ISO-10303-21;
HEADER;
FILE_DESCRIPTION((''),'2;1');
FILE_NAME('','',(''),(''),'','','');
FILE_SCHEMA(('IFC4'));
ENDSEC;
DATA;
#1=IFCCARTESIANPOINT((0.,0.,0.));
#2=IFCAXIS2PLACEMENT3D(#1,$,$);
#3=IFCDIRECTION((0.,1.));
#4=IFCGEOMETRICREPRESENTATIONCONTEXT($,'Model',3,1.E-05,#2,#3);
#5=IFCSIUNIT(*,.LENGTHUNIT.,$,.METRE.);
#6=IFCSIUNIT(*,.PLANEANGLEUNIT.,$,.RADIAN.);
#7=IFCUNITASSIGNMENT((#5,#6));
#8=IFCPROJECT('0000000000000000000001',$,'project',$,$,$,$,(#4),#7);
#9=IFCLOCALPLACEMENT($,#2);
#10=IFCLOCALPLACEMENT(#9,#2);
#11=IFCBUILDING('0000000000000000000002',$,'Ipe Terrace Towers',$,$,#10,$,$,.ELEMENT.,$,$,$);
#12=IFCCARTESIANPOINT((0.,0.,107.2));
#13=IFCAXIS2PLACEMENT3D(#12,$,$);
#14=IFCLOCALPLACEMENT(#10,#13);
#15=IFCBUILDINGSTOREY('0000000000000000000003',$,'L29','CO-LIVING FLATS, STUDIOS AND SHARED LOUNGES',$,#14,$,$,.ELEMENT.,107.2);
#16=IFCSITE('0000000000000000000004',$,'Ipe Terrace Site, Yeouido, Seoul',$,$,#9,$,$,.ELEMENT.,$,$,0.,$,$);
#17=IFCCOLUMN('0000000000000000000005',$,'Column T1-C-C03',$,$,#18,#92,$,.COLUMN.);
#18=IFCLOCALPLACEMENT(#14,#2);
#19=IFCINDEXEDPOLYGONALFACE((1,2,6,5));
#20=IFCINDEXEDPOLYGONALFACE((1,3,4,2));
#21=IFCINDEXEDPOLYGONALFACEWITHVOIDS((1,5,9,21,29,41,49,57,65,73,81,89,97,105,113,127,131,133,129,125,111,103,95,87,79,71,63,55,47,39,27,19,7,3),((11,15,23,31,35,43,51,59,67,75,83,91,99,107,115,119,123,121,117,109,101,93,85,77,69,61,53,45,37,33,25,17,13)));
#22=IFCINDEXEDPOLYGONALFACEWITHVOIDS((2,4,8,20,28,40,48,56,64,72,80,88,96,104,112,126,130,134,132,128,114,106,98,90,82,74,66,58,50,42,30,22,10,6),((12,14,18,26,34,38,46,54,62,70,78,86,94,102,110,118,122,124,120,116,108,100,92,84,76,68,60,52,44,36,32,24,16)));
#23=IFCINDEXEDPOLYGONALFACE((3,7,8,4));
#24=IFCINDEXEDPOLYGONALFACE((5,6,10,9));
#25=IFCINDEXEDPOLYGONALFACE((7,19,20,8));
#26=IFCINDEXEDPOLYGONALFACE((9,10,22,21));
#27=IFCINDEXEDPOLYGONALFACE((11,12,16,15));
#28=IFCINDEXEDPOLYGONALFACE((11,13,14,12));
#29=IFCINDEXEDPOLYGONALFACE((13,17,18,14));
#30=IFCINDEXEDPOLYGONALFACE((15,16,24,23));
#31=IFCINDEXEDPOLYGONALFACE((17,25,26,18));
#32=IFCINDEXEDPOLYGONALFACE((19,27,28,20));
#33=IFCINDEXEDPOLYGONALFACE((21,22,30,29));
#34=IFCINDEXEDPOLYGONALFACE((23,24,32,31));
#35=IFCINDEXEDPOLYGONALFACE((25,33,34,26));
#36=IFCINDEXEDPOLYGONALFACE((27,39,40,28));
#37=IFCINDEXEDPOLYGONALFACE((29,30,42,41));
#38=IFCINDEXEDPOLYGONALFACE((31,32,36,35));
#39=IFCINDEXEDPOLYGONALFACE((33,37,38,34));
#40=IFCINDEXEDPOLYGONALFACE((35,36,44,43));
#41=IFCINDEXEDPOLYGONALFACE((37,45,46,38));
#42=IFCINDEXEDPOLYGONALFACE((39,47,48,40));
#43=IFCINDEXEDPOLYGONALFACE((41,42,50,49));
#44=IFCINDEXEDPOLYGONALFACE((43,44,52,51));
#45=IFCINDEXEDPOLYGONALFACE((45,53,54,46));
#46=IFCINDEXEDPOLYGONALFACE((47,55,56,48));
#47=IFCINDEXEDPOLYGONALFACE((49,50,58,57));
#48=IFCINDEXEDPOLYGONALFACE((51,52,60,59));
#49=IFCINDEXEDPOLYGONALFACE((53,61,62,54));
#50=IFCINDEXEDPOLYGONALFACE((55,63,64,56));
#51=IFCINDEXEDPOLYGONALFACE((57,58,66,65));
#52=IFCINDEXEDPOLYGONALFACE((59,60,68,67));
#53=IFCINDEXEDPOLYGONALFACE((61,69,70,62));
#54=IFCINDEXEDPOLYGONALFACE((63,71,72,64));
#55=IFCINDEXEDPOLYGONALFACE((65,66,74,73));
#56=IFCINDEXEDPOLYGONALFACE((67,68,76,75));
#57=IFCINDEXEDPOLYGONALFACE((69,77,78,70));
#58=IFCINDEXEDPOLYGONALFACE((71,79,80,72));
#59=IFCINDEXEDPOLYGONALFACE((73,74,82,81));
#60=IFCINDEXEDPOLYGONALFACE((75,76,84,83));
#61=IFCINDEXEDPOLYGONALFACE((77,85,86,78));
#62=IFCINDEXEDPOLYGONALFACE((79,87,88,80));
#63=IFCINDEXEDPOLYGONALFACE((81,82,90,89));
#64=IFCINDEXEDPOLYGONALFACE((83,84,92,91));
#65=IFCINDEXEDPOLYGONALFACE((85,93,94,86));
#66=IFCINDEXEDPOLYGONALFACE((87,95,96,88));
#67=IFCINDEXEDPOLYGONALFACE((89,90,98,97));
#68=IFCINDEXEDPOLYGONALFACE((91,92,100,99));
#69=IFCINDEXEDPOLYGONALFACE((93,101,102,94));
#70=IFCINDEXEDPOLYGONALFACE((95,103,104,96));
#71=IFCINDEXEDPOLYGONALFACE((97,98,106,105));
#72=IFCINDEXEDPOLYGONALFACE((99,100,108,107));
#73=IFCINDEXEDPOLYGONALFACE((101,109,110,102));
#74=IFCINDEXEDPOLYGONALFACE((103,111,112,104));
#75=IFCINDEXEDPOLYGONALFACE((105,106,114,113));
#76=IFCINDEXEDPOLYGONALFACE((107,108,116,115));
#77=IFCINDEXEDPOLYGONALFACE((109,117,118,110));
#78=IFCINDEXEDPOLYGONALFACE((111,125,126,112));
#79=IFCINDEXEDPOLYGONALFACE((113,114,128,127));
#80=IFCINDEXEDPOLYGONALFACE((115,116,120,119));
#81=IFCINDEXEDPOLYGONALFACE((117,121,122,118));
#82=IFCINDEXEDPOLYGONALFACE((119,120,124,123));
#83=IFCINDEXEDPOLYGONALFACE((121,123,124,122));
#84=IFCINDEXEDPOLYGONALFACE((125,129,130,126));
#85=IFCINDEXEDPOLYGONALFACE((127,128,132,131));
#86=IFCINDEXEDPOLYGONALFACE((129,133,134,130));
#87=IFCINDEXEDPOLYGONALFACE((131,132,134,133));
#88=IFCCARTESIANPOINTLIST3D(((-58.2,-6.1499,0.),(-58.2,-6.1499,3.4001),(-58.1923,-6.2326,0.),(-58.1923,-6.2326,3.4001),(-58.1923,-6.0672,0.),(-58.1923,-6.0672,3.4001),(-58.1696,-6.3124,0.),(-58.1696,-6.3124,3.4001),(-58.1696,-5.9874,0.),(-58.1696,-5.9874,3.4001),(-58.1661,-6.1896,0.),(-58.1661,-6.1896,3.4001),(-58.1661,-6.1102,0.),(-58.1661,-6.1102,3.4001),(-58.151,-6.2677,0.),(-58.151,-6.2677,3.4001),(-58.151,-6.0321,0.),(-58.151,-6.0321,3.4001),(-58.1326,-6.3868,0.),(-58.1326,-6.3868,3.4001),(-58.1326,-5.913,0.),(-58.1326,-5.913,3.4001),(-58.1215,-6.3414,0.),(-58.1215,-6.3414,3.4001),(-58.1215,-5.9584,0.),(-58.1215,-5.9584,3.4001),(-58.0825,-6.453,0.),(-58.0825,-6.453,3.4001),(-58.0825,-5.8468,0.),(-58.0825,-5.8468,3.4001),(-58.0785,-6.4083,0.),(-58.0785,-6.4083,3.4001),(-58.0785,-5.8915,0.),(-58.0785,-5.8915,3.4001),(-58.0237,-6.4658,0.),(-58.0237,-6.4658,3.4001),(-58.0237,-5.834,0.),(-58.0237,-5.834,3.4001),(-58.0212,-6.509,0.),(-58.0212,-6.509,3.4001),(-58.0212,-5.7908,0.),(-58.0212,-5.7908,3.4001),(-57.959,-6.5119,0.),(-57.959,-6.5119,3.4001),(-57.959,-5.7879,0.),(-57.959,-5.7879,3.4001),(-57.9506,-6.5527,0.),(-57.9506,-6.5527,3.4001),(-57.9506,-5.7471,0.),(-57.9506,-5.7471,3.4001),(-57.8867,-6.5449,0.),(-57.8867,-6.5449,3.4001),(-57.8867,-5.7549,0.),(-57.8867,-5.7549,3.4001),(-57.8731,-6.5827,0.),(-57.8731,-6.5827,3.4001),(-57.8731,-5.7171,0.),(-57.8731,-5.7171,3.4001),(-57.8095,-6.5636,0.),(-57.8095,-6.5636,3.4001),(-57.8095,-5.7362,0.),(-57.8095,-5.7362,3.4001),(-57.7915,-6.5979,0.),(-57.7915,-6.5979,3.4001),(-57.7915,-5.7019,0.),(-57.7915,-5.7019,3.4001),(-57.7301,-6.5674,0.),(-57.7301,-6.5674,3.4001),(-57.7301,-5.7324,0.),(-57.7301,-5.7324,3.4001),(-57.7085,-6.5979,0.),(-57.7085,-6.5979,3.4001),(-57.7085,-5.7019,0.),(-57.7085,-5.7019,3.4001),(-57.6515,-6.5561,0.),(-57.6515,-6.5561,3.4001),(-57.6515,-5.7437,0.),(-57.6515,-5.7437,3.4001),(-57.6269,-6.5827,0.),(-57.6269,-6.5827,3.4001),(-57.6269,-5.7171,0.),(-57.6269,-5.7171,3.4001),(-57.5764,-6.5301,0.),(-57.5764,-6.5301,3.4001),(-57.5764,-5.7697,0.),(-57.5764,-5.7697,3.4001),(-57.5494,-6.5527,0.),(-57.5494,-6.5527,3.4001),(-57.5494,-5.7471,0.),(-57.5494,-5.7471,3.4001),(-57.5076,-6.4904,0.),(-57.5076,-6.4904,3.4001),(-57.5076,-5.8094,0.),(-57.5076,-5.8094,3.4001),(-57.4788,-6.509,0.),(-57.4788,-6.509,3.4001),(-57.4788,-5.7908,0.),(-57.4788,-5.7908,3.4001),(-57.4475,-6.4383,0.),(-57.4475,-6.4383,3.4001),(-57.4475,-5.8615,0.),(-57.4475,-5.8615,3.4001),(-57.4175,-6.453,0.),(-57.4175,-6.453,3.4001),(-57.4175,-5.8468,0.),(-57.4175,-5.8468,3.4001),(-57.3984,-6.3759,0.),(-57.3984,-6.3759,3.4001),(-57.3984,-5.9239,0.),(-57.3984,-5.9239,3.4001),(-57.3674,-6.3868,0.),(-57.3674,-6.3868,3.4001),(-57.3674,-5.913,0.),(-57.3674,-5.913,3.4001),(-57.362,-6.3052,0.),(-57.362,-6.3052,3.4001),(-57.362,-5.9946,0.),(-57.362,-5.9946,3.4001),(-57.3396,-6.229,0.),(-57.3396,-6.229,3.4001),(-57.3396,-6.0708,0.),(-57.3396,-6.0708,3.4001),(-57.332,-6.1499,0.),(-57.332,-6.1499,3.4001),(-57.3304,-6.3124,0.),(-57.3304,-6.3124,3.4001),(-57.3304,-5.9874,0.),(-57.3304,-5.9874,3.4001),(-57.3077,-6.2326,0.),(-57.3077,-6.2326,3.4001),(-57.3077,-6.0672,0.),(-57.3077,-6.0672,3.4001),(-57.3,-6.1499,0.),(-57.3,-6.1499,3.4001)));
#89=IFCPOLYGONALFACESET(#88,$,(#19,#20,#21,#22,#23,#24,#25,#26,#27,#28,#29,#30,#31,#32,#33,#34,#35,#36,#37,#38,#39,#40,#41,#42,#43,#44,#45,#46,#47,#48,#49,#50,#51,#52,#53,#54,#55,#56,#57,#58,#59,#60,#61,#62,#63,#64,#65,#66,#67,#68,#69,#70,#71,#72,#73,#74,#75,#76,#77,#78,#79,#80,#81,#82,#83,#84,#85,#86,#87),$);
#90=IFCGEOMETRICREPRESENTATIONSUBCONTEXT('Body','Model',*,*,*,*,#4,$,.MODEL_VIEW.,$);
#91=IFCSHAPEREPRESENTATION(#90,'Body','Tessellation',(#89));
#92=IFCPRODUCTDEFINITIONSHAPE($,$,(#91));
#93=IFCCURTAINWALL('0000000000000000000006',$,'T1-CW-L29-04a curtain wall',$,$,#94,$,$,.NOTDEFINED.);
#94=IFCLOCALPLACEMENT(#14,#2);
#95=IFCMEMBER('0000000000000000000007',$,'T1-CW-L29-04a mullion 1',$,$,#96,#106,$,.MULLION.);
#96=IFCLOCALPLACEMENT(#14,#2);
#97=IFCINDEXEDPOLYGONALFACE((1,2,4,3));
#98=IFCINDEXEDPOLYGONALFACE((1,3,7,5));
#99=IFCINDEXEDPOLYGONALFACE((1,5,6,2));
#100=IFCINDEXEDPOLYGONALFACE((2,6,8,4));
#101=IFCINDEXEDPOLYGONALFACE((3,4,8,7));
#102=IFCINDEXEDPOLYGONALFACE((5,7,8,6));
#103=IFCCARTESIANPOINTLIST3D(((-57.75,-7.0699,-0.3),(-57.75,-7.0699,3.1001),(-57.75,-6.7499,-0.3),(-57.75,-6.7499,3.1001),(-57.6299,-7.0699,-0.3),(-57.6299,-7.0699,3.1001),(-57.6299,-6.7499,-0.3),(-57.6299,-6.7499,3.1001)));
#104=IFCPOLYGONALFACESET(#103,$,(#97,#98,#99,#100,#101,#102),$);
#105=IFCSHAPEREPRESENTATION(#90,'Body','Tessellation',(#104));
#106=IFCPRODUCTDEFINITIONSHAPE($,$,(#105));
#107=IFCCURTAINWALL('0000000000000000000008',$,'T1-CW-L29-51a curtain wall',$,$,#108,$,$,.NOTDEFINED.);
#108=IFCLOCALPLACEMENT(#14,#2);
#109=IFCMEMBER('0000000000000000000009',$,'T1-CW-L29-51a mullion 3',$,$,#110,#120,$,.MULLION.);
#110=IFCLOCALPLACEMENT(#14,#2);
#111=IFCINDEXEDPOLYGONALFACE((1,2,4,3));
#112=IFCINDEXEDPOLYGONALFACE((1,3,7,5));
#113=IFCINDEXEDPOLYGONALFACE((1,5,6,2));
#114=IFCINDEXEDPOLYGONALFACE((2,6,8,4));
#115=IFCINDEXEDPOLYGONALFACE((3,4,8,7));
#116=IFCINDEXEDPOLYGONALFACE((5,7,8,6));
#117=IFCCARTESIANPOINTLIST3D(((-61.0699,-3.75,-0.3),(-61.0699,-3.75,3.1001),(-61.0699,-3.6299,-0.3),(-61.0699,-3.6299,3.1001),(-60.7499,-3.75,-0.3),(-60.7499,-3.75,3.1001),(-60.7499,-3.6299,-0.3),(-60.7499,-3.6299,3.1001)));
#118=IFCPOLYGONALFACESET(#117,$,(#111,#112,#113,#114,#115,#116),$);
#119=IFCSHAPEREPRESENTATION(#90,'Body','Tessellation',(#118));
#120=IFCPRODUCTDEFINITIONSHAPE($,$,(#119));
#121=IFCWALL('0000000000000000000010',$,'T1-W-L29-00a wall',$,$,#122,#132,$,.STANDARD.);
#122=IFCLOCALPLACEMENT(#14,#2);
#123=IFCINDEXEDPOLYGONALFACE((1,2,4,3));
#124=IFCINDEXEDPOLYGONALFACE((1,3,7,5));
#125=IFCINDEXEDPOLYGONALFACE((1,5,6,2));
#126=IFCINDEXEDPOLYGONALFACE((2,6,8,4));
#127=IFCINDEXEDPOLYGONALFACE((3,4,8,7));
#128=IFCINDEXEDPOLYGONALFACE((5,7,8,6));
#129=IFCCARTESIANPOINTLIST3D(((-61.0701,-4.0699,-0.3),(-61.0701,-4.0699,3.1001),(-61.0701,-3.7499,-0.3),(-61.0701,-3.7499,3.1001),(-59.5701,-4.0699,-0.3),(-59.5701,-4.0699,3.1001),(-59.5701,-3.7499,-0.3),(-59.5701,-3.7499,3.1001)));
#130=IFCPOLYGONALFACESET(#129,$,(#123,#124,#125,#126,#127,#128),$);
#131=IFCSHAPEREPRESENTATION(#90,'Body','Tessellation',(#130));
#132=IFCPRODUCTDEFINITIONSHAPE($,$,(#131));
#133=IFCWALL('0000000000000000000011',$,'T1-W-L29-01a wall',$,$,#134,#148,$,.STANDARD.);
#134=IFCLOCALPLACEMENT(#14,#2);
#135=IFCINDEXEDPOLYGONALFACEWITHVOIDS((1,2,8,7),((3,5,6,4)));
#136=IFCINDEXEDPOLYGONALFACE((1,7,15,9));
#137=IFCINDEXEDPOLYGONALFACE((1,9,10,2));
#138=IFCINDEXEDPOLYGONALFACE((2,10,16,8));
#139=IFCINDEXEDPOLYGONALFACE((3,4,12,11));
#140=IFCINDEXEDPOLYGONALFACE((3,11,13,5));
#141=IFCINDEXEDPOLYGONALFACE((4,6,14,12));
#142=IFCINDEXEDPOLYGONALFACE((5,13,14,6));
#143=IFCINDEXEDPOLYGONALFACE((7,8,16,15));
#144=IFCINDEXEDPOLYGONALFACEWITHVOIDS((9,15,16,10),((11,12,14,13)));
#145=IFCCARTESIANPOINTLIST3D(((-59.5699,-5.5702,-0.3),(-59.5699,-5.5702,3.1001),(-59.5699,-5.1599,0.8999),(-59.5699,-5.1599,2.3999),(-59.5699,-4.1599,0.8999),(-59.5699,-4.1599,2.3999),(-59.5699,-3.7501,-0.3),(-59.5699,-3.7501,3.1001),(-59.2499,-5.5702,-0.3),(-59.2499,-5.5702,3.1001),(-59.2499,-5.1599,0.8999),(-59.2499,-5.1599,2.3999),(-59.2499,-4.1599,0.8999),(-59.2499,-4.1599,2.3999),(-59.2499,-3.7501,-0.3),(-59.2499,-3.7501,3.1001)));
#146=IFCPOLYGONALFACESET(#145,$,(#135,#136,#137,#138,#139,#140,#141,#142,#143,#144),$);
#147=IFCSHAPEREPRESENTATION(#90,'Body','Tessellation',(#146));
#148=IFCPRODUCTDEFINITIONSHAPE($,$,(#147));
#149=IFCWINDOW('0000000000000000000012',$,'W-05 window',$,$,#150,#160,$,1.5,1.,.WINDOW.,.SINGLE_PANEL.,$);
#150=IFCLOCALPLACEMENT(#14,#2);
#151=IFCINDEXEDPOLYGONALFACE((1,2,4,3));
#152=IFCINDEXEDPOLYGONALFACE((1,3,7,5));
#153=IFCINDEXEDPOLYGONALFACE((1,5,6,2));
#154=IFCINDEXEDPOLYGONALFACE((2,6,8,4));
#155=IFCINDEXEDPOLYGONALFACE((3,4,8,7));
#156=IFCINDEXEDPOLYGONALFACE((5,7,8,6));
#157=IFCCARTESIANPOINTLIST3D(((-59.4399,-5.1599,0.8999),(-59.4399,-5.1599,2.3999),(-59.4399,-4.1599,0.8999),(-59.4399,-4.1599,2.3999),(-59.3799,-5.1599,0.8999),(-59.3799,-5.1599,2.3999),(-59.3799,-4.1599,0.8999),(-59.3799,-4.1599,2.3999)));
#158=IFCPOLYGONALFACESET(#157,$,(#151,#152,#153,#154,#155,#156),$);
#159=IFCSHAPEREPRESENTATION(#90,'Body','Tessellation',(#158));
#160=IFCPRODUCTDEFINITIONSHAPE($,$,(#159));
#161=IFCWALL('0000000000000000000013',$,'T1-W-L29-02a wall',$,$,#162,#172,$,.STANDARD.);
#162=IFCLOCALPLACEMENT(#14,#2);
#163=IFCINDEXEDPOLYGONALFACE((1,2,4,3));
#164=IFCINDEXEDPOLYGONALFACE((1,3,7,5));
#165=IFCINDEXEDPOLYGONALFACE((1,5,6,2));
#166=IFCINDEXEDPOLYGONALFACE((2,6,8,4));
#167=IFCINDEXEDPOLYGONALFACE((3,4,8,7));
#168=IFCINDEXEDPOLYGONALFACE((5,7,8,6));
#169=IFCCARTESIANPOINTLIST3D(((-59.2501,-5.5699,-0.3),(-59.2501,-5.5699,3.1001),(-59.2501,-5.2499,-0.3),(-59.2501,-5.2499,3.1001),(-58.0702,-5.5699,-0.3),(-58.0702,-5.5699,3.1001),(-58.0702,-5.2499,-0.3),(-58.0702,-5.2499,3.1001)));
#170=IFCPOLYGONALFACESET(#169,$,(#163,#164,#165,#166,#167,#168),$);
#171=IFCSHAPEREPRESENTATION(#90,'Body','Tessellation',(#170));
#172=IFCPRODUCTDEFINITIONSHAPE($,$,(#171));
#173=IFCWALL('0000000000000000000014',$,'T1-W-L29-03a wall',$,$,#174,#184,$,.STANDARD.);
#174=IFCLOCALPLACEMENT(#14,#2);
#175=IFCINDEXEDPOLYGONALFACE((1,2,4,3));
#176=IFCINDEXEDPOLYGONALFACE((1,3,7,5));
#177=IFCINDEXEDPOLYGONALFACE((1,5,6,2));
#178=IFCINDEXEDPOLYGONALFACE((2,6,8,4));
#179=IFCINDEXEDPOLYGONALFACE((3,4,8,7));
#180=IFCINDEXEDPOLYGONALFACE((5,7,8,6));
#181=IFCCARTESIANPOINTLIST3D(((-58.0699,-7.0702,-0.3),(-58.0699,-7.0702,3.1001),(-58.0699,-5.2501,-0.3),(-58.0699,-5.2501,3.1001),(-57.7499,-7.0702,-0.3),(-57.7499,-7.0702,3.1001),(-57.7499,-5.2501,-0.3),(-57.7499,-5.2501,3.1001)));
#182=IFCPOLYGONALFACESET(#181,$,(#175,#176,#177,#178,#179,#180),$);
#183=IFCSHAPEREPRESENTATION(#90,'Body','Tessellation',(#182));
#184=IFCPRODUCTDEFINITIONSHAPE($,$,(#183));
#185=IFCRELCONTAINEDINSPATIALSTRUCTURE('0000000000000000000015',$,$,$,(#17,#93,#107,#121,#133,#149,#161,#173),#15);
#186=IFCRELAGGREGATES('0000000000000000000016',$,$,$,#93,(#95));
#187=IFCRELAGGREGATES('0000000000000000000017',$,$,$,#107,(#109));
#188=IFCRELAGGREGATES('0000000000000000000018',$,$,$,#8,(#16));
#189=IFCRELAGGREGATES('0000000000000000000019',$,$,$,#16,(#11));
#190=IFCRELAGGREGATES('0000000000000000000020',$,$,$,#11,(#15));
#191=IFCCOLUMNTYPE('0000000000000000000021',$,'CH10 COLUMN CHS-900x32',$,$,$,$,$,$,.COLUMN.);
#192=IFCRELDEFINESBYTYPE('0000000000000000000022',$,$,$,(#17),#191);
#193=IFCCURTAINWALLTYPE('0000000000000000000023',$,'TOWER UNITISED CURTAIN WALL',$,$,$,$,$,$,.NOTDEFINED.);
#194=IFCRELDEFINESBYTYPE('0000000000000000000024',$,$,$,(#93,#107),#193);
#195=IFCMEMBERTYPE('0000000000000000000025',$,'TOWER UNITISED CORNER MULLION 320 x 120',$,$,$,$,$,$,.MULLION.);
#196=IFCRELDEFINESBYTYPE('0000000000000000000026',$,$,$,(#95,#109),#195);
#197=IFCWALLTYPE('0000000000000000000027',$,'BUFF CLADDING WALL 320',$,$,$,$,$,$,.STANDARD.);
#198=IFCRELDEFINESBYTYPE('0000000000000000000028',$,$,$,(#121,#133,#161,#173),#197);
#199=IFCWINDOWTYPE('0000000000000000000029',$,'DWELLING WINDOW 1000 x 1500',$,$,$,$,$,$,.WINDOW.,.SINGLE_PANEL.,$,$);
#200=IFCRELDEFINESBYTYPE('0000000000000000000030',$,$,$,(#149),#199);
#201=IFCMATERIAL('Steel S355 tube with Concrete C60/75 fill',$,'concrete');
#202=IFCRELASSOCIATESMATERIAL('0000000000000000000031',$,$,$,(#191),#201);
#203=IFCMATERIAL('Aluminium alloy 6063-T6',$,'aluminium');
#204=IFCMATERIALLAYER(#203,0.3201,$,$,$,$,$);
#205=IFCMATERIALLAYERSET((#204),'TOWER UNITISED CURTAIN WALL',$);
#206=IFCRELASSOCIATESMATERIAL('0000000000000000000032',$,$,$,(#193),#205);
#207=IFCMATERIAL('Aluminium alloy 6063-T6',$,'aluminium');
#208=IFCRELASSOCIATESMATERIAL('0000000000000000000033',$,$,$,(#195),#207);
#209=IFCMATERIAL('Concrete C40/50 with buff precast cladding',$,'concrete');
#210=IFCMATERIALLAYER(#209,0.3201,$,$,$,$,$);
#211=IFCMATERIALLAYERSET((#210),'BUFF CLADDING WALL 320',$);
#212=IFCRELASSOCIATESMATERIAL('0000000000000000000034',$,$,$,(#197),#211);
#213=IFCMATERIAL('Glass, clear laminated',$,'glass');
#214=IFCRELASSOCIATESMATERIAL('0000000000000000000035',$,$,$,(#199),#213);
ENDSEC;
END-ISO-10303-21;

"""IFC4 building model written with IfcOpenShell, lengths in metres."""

from ifc_helpers import new_model, si_unit, direction, frame, frame_2d, origin, origin_2d, place, context, subcontext, project, spatial, rectangle, hollow_circle, extrude, material, layer, layer_set, material_profile, profile_set, type_object, element, fill, aggregate, save


model = new_model("IFC4")

# Units and contexts
model_context = context("Model", 3, precision=1e-05, world=origin(), true_north=direction((0.0, 1.0)))
body_context = subcontext(model_context, "Body", "Model", "MODEL_VIEW")
ifc_project = project(units=[si_unit("LENGTHUNIT", "METRE"), si_unit("PLANEANGLEUNIT", "RADIAN")], contexts=[model_context])

# Site, building, storey
site_placement = place(None, origin())
site = spatial("IfcSite", under=ifc_project, at=site_placement, Name="Ipe Terrace Site, Yeouido, Seoul", CompositionType="ELEMENT", RefElevation=0.0)
building_placement = place(site_placement, origin())
building = spatial("IfcBuilding", under=site, at=building_placement, Name="Ipe Terrace Towers", CompositionType="ELEMENT")
storey_placement = place(building_placement, frame((0.0, 0.0, 107.2)))
storey = spatial("IfcBuildingStorey", under=building, at=storey_placement, Name="L29", Description="CO-LIVING FLATS, STUDIOS AND SHARED LOUNGES", CompositionType="ELEMENT", Elevation=107.2)

# Column
ifc_material_1 = material(Name="Steel S355 tube with Concrete C60/75 fill", Category="concrete")
ifc_material_profile_1 = material_profile(ifc_material_1, hollow_circle(Radius=0.45, WallThickness=0.032, at=origin_2d()), Name="CHS-900x32")
ifc_profile_set_1 = profile_set([ifc_material_profile_1], Name="Steel S355 tube with Concrete C60/75 fill")
column_type = type_object("IfcColumnType", Name="CH10 COLUMN CHS-900x32", PredefinedType="COLUMN", material=ifc_profile_set_1)
column_placement = place(storey_placement, frame((-57.75, -6.1499, 0.0), z_axis=(0.0, 0.0, 1.0), x_axis=(1.0, 0.0, 0.0)))
element("IfcColumn", 1, at=column_placement, inside=storey, type_object=column_type, Name="Column T1-C-C03", PredefinedType="COLUMN", context=body_context, shape_type="SweptSolid", body=[
    extrude(hollow_circle(Radius=0.45, WallThickness=0.032, at=origin_2d()), origin(), (0.0, 0.0, 1.0), 3.4001),
])

# Curtain walls, members
ifc_material_2 = material(Name="Aluminium alloy 6063-T6", Category="aluminium")
ifc_layer_1 = layer(ifc_material_2, 0.3201)
ifc_layer_set_1 = layer_set([ifc_layer_1], Name="TOWER UNITISED CURTAIN WALL")
curtain_wall_type = type_object("IfcCurtainWallType", Name="TOWER UNITISED CURTAIN WALL", PredefinedType="NOTDEFINED", material=ifc_layer_set_1)
curtain_wall_1_placement = place(storey_placement, origin())
curtain_wall_1 = element("IfcCurtainWall", 2, at=curtain_wall_1_placement, inside=storey, type_object=curtain_wall_type, Name="T1-CW-L29-04a curtain wall", PredefinedType="NOTDEFINED")
ifc_material_3 = material(Name="Aluminium alloy 6063-T6", Category="aluminium")
ifc_material_profile_2 = material_profile(ifc_material_3, rectangle(XDim=0.3201, YDim=0.1201, at=origin_2d()), Name="TOWER UNITISED CORNER MULLION 320 x 120")
ifc_profile_set_2 = profile_set([ifc_material_profile_2], Name="Aluminium alloy 6063-T6")
member_type = type_object("IfcMemberType", Name="TOWER UNITISED CORNER MULLION 320 x 120", PredefinedType="MULLION", material=ifc_profile_set_2)
member_1_placement = place(storey_placement, frame((-57.6899, -6.9099, -0.3), z_axis=(0.0, 0.0, 1.0), x_axis=(0.0, -1.0, 0.0)))
member_1 = element("IfcMember", 3, at=member_1_placement, type_object=member_type, Name="T1-CW-L29-04a mullion 1", PredefinedType="MULLION", context=body_context, shape_type="SweptSolid", body=[
    extrude(rectangle(XDim=0.3201, YDim=0.1201, at=origin_2d()), origin(), (0.0, 0.0, 1.0), 3.4001),
])
aggregate(curtain_wall_1, [member_1])
curtain_wall_2_placement = place(storey_placement, origin())
curtain_wall_2 = element("IfcCurtainWall", 4, at=curtain_wall_2_placement, inside=storey, type_object=curtain_wall_type, Name="T1-CW-L29-51a curtain wall", PredefinedType="NOTDEFINED")
member_2_placement = place(storey_placement, frame((-60.9099, -3.6899, -0.3), z_axis=(0.0, 0.0, 1.0), x_axis=(-1.0, 0.0, 0.0)))
member_2 = element("IfcMember", 5, at=member_2_placement, type_object=member_type, Name="T1-CW-L29-51a mullion 3", PredefinedType="MULLION", context=body_context, shape_type="SweptSolid", body=[
    extrude(rectangle(XDim=0.3201, YDim=0.1201, at=origin_2d()), origin(), (0.0, 0.0, 1.0), 3.4001),
])
aggregate(curtain_wall_2, [member_2])

# Wall
ifc_material_4 = material(Name="Concrete C40/50 with buff precast cladding", Category="concrete")
ifc_layer_2 = layer(ifc_material_4, 0.3201)
ifc_layer_set_2 = layer_set([ifc_layer_2], Name="BUFF CLADDING WALL 320")
wall_type_1 = type_object("IfcWallType", Name="BUFF CLADDING WALL 320", PredefinedType="STANDARD", material=ifc_layer_set_2)
wall_1_placement = place(storey_placement, frame((-61.0701, -3.9099, -0.3), z_axis=(0.0, 0.0, 1.0), x_axis=(1.0, 0.0, 0.0)))
element("IfcWall", 6, at=wall_1_placement, inside=storey, type_object=wall_type_1, Name="T1-W-L29-00a wall", PredefinedType="STANDARD", context=body_context, shape_type="SweptSolid", body=[
    extrude(rectangle(XDim=1.5, YDim=0.3201, at=frame_2d((0.75, 0.0))), origin(), (0.0, 0.0, 1.0), 3.4001),
])

# Wall, opening, window
wall_2_placement = place(storey_placement, frame((-59.4099, -3.75, -0.3), z_axis=(0.0, 0.0, 1.0), x_axis=(0.0, -1.0, 0.0)))
wall_2 = element("IfcWall", 7, at=wall_2_placement, inside=storey, type_object=wall_type_1, Name="T1-W-L29-01a wall", PredefinedType="STANDARD", context=body_context, shape_type="SweptSolid", body=[
    extrude(rectangle(XDim=1.8201, YDim=0.3201, at=frame_2d((0.9102, 0.0))), origin(), (0.0, 0.0, 1.0), 3.4001),
])
opening_1_placement = place(wall_2_placement, frame((0.4099, 0.0, 1.2)))
opening_1 = element("IfcOpeningElement", 8, at=opening_1_placement, cuts=wall_2, PredefinedType="OPENING", context=body_context, shape_type="SweptSolid", body=[
    extrude(rectangle(XDim=1.0, YDim=1.5, at=frame_2d((0.5, 0.75))), frame((0.0, 0.1699, 0.0), z_axis=(0.0, -1.0, 0.0), x_axis=(1.0, 0.0, 0.0)), (0.0, 0.0, 1.0), 0.3401),
])
ifc_material_5 = material(Name="Glass, clear laminated", Category="glass")
window_type = type_object("IfcWindowType", Name="DWELLING WINDOW 1000 x 1500", PartitioningType="SINGLE_PANEL", PredefinedType="WINDOW", material=ifc_material_5)
window_placement = place(opening_1_placement, origin())
window = element("IfcWindow", 9, at=window_placement, inside=storey, type_object=window_type, Name="W-05 window", OverallHeight=1.5, OverallWidth=1.0, PartitioningType="SINGLE_PANEL", PredefinedType="WINDOW", context=body_context, shape_type="SweptSolid", body=[
    extrude(rectangle(XDim=1.0, YDim=1.5, at=frame_2d((0.5, 0.75))), frame((0.0, 0.03, 0.0), z_axis=(0.0, -1.0, 0.0), x_axis=(1.0, 0.0, 0.0)), (0.0, 0.0, 1.0), 0.0601),
])
fill(opening_1, window)

# Walls
wall_3_placement = place(storey_placement, frame((-59.25, -5.4099, -0.3), z_axis=(0.0, 0.0, 1.0), x_axis=(1.0, 0.0, 0.0)))
element("IfcWall", 10, at=wall_3_placement, inside=storey, type_object=wall_type_1, Name="T1-W-L29-02a wall", PredefinedType="STANDARD", context=body_context, shape_type="SweptSolid", body=[
    extrude(rectangle(XDim=1.1799, YDim=0.3201, at=frame_2d((0.5898, 0.0))), origin(), (0.0, 0.0, 1.0), 3.4001),
])
wall_4_placement = place(storey_placement, frame((-57.9099, -5.25, -0.3), z_axis=(0.0, 0.0, 1.0), x_axis=(0.0, -1.0, 0.0)))
element("IfcWall", 11, at=wall_4_placement, inside=storey, type_object=wall_type_1, Name="T1-W-L29-03a wall", PredefinedType="STANDARD", context=body_context, shape_type="SweptSolid", body=[
    extrude(rectangle(XDim=1.8201, YDim=0.3201, at=frame_2d((0.9102, 0.0))), origin(), (0.0, 0.0, 1.0), 3.4001),
])

save(model, "model.ifc")
